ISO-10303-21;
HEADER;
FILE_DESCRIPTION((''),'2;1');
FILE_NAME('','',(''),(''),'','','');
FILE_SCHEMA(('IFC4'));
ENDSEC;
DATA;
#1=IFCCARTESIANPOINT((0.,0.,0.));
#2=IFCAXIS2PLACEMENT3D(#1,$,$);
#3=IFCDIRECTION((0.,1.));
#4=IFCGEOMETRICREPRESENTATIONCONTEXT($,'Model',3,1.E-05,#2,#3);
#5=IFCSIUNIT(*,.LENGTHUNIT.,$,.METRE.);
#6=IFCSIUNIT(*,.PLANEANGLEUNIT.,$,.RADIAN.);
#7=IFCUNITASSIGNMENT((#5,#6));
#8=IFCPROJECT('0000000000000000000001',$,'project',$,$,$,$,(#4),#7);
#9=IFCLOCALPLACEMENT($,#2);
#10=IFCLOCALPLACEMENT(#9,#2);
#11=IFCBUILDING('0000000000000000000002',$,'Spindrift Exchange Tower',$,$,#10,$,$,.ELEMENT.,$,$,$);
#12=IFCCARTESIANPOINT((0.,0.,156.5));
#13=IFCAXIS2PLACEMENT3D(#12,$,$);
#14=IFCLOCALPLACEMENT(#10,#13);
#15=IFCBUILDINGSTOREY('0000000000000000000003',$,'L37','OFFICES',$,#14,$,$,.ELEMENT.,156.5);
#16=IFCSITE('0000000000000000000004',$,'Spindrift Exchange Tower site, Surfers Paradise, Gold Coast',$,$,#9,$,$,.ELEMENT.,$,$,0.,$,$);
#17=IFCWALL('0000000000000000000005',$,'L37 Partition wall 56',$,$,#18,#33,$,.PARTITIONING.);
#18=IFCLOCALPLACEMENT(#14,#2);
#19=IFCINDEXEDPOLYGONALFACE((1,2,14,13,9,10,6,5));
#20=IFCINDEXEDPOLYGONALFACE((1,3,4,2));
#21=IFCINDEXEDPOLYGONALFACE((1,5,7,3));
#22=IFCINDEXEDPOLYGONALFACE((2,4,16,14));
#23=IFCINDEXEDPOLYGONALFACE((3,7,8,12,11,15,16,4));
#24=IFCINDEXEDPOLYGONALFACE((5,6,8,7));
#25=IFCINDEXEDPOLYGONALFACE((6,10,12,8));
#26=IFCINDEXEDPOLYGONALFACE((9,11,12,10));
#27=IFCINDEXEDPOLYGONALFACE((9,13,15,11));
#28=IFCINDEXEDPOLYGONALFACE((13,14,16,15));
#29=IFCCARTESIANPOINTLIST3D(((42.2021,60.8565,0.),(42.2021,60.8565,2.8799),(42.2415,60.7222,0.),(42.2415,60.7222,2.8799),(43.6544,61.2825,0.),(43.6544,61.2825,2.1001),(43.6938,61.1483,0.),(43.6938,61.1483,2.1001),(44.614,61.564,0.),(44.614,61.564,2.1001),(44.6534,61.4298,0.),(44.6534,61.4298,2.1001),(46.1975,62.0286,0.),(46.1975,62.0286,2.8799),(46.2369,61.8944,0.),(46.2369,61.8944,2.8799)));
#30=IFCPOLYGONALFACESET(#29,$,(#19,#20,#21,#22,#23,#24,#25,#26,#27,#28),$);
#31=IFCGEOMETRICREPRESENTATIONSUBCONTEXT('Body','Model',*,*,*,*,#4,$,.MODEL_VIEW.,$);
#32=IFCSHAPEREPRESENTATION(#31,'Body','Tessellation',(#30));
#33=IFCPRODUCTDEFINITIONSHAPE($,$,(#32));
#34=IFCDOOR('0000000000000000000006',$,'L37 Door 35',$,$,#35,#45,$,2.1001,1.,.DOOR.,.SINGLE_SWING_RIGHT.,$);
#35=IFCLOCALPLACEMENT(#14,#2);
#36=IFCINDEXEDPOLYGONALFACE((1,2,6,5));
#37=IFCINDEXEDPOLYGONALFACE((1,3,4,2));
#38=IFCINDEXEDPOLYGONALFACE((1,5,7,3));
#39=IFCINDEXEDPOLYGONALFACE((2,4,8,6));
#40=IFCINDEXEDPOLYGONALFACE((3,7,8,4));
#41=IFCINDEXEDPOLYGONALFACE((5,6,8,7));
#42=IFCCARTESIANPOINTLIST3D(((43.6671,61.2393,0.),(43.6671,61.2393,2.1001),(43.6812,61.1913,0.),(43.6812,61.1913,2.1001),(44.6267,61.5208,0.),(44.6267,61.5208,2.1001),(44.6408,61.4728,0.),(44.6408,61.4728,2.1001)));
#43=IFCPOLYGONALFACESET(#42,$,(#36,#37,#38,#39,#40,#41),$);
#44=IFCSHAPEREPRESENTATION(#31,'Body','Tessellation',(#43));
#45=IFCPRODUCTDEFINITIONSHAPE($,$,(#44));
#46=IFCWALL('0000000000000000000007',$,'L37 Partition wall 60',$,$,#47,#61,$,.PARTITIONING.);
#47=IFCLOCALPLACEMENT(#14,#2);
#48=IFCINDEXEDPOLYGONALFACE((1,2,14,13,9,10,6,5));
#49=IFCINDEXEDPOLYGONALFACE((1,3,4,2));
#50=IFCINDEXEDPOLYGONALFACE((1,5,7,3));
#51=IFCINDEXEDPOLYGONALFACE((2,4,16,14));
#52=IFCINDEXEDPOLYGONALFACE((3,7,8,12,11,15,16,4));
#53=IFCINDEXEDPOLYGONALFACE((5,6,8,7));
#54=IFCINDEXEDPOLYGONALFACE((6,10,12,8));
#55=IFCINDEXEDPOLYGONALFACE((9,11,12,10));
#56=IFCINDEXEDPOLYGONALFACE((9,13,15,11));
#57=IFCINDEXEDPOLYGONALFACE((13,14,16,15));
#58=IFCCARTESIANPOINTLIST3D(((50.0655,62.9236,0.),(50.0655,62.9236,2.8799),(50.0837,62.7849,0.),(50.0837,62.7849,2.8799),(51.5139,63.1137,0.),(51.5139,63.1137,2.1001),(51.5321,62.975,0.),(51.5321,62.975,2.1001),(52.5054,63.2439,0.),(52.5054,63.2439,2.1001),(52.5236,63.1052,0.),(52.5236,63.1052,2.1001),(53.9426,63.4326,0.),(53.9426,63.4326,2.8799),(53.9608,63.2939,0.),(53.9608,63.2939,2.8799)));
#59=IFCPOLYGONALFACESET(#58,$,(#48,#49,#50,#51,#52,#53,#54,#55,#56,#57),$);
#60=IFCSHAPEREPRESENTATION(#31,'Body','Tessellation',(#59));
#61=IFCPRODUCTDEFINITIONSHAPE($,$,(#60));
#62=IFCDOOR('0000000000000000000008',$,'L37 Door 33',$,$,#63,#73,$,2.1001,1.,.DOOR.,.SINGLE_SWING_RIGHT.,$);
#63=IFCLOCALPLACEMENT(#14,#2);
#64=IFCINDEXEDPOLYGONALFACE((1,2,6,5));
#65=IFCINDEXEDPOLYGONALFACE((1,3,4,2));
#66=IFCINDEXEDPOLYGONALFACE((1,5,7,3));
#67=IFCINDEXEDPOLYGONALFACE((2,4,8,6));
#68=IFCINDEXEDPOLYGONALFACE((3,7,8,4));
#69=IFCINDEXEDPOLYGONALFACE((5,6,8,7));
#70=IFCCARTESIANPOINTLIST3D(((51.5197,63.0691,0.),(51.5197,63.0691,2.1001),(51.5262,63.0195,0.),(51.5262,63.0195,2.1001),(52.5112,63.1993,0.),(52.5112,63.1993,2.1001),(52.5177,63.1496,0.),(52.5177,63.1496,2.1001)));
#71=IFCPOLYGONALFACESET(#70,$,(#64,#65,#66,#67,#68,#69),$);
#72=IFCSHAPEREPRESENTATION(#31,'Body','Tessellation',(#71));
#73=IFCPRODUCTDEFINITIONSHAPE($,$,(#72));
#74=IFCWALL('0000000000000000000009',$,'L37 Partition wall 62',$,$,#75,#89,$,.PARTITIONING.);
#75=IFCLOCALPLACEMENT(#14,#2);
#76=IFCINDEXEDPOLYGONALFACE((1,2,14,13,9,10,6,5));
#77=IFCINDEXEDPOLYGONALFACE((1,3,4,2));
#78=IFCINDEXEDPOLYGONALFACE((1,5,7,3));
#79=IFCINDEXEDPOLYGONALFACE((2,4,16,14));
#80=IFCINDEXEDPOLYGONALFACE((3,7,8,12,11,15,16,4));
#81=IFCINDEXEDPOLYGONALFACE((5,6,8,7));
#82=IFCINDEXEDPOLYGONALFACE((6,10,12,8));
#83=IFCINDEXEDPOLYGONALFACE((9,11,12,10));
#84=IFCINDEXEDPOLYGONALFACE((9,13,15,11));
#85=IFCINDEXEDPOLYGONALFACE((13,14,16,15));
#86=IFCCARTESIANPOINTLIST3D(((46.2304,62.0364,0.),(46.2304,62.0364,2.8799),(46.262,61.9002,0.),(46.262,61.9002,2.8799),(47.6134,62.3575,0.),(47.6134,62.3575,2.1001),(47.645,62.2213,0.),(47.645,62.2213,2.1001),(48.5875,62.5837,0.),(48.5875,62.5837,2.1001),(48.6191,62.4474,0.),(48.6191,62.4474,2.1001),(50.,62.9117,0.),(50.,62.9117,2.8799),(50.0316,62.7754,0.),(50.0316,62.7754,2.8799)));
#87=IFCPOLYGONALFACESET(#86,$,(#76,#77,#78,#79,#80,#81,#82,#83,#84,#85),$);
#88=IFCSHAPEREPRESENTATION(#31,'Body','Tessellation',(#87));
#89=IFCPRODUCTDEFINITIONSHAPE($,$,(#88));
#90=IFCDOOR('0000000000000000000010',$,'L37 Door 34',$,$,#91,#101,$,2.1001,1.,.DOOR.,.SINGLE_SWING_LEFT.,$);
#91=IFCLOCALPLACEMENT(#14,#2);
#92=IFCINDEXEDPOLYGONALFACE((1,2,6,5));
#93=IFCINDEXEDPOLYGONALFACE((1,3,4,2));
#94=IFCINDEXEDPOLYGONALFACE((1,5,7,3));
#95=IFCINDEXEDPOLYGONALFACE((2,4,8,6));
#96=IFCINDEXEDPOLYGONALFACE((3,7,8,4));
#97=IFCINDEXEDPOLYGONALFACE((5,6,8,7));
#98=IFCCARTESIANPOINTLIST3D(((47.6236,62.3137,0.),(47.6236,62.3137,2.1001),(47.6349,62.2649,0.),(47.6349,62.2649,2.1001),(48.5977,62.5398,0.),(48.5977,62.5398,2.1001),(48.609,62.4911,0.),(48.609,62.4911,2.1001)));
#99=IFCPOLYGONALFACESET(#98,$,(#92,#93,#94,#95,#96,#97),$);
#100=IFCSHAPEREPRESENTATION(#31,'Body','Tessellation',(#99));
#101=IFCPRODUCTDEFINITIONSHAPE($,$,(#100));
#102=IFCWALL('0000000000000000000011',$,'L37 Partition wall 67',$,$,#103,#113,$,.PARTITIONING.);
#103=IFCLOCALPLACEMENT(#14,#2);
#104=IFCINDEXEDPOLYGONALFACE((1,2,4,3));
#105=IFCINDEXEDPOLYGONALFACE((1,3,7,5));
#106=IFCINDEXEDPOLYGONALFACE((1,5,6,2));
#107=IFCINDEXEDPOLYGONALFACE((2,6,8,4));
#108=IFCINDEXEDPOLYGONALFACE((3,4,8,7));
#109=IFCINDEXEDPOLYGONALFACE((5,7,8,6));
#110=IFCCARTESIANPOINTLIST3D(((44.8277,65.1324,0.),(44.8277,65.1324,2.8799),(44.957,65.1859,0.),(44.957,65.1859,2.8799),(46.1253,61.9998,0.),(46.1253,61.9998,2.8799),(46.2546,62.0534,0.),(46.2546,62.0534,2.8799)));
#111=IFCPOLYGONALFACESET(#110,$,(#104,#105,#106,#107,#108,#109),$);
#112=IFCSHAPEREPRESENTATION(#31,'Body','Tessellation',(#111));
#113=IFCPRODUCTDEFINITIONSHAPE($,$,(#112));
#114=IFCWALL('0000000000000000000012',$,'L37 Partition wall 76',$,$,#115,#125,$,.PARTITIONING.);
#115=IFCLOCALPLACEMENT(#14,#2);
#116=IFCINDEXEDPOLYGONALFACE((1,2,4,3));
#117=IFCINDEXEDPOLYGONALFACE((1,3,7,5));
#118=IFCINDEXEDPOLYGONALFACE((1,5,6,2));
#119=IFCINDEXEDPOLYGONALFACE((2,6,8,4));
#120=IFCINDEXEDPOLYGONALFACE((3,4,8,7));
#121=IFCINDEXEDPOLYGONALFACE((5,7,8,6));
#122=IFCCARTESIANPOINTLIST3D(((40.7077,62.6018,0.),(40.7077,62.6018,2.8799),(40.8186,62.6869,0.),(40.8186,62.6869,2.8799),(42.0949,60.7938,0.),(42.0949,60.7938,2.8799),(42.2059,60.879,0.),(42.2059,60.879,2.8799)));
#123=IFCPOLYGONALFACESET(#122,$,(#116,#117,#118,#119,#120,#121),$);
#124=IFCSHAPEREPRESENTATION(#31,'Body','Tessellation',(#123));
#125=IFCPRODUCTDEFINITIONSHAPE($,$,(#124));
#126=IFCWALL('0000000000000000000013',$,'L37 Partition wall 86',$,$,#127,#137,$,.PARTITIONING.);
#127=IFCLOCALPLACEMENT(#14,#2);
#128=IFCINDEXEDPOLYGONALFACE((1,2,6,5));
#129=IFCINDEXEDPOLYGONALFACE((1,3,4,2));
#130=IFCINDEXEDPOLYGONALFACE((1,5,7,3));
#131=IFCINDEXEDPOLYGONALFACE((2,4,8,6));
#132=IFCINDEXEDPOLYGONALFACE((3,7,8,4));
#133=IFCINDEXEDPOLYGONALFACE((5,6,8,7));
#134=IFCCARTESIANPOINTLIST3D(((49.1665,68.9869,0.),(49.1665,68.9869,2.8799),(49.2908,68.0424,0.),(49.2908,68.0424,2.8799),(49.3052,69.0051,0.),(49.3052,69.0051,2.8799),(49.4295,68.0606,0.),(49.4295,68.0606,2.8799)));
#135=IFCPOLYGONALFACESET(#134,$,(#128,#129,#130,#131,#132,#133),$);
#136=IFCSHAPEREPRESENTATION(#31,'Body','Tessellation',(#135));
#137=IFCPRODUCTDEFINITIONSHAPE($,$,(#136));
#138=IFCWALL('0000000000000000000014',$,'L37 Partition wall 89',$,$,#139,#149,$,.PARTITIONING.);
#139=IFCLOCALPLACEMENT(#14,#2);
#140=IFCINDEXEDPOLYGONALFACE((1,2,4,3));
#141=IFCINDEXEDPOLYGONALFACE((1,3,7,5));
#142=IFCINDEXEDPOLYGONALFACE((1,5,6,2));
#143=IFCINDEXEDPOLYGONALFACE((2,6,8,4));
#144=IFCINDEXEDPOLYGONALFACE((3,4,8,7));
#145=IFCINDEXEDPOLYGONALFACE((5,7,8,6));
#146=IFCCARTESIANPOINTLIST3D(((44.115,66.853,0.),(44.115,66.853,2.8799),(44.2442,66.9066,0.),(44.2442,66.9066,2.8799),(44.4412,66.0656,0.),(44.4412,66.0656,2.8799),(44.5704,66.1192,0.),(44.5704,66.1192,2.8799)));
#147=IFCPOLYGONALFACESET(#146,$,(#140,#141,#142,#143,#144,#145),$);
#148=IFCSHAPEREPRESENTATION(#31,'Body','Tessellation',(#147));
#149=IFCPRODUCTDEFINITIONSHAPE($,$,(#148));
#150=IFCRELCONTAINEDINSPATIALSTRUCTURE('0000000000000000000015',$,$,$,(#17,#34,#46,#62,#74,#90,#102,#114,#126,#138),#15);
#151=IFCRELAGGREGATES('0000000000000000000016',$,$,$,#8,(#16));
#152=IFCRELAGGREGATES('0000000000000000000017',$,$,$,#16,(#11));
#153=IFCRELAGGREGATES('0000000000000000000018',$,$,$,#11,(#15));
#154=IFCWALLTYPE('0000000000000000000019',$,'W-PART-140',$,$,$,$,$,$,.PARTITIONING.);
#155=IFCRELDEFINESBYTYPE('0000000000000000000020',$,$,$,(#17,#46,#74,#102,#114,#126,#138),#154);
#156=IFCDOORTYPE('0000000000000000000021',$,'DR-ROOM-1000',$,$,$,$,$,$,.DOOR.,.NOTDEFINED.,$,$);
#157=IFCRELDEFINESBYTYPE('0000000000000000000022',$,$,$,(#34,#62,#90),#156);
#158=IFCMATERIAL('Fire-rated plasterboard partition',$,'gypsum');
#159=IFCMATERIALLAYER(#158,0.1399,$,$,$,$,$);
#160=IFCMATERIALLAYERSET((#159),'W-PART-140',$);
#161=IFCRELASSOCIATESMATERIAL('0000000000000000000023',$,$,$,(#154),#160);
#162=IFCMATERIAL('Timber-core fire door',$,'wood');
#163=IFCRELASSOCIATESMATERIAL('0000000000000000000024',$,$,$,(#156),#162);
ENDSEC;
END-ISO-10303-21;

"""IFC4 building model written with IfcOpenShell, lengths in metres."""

from ifc_helpers import new_model, si_unit, direction, frame, frame_2d, origin, place, context, subcontext, project, spatial, rectangle, extrude, source, transform, mapped, material, layer, layer_set, type_object, element, fill, save


model = new_model("IFC4")

# Units and contexts
model_context = context("Model", 3, precision=1e-05, world=origin(), true_north=direction((0.0, 1.0)))
body_context = subcontext(model_context, "Body", "Model", "MODEL_VIEW")
ifc_project = project(units=[si_unit("LENGTHUNIT", "METRE"), si_unit("PLANEANGLEUNIT", "RADIAN")], contexts=[model_context])

# Site, building, storey
site_placement = place(None, origin())
site = spatial("IfcSite", under=ifc_project, at=site_placement, Name="Spindrift Exchange Tower site, Surfers Paradise, Gold Coast", CompositionType="ELEMENT", RefElevation=0.0)
building_placement = place(site_placement, origin())
building = spatial("IfcBuilding", under=site, at=building_placement, Name="Spindrift Exchange Tower", CompositionType="ELEMENT")
storey_placement = place(building_placement, frame((0.0, 0.0, 156.5)))
storey = spatial("IfcBuildingStorey", under=building, at=storey_placement, Name="L37", Description="OFFICES", CompositionType="ELEMENT", Elevation=156.5)

# Shared definitions
ifc_material_1 = material(Name="Fire-rated plasterboard partition", Category="gypsum")
ifc_layer_1 = layer(ifc_material_1, 0.1399)
ifc_layer_set_1 = layer_set([ifc_layer_1], Name="W-PART-140")
wall_type = type_object("IfcWallType", Name="W-PART-140", PredefinedType="PARTITIONING", material=ifc_layer_set_1)

# Walls, openings, doors
wall_1_placement = place(storey_placement, frame((42.2217, 60.7893, 0.0), z_axis=(0.0, 0.0, 1.0), x_axis=(0.959559, 0.281506, 0.0)))
wall_1 = element("IfcWall", 1, at=wall_1_placement, inside=storey, type_object=wall_type, Name="L37 Partition wall 56", PredefinedType="PARTITIONING", context=body_context, shape_type="SweptSolid", body=[
    extrude(rectangle(XDim=4.1638, YDim=0.1399, at=frame_2d((2.082, 0.0))), origin(), (0.0, 0.0, 1.0), 2.8799),
])
opening_1_placement = place(wall_1_placement, frame((1.5137, 0.0, 0.0)))
opening_1 = element("IfcOpeningElement", 2, at=opening_1_placement, cuts=wall_1, PredefinedType="OPENING", context=body_context, shape_type="SweptSolid", body=[
    extrude(rectangle(XDim=1.0, YDim=2.1001, at=frame_2d((0.5, 1.05))), frame((0.0, 0.0798, 0.0), z_axis=(0.0, -1.0, 0.0), x_axis=(1.0, 0.0, 0.0)), (0.0, 0.0, 1.0), 0.1599),
])
ifc_material_2 = material(Name="Timber-core fire door", Category="wood")
door_type = type_object("IfcDoorType", Name="DR-ROOM-1000", OperationType="NOTDEFINED", PredefinedType="DOOR", material=ifc_material_2)
shared_shape_1 = source(origin(), body_context, "Body", "SweptSolid", [
    extrude(rectangle(XDim=1.0, YDim=2.1001, at=frame_2d((0.5, 1.05))), frame((0.0, 0.0249, 0.0), z_axis=(0.0, -1.0, 0.0), x_axis=(1.0, 0.0, 0.0)), (0.0, 0.0, 1.0), 0.05),
])
door_1_placement = place(opening_1_placement, origin())
door_1 = element("IfcDoor", 3, at=door_1_placement, inside=storey, type_object=door_type, Name="L37 Door 35", OperationType="SINGLE_SWING_RIGHT", OverallHeight=2.1001, OverallWidth=1.0, PredefinedType="DOOR", context=body_context, shape_type="MappedRepresentation", body=[
    mapped(shared_shape_1, transform((0.0, 0.0, 0.0), scale=1.0)),
])
fill(opening_1, door_1)
wall_2_placement = place(storey_placement, frame((50.0747, 62.8542, 0.0), z_axis=(0.0, 0.0, 1.0), x_axis=(0.991491, 0.130172, 0.0)))
wall_2 = element("IfcWall", 4, at=wall_2_placement, inside=storey, type_object=wall_type, Name="L37 Partition wall 60", PredefinedType="PARTITIONING", context=body_context, shape_type="SweptSolid", body=[
    extrude(rectangle(XDim=3.9104, YDim=0.1399, at=frame_2d((1.9551, 0.0))), origin(), (0.0, 0.0, 1.0), 2.8799),
])
opening_2_placement = place(wall_2_placement, frame((1.4607, 0.0, 0.0)))
opening_2 = element("IfcOpeningElement", 5, at=opening_2_placement, cuts=wall_2, PredefinedType="OPENING", context=body_context, shape_type="SweptSolid", body=[
    extrude(rectangle(XDim=1.0, YDim=2.1001, at=frame_2d((0.5, 1.05))), frame((0.0, 0.0798, 0.0), z_axis=(0.0, -1.0, 0.0), x_axis=(1.0, 0.0, 0.0)), (0.0, 0.0, 1.0), 0.1599),
])
door_2_placement = place(opening_2_placement, origin())
door_2 = element("IfcDoor", 6, at=door_2_placement, inside=storey, type_object=door_type, Name="L37 Door 33", OperationType="SINGLE_SWING_RIGHT", OverallHeight=2.1001, OverallWidth=1.0, PredefinedType="DOOR", context=body_context, shape_type="MappedRepresentation", body=[
    mapped(shared_shape_1, transform((0.0, 0.0, 0.0), scale=1.0)),
])
fill(opening_2, door_2)
wall_3_placement = place(storey_placement, frame((46.2461, 61.9683, 0.0), z_axis=(0.0, 0.0, 1.0), x_axis=(0.974087, 0.226172, 0.0)))
wall_3 = element("IfcWall", 7, at=wall_3_placement, inside=storey, type_object=wall_type, Name="L37 Partition wall 62", PredefinedType="PARTITIONING", context=body_context, shape_type="SweptSolid", body=[
    extrude(rectangle(XDim=3.8699, YDim=0.1399, at=frame_2d((1.9351, 0.0))), origin(), (0.0, 0.0, 1.0), 2.8799),
])
opening_3_placement = place(wall_3_placement, frame((1.4199, 0.0, 0.0)))
opening_3 = element("IfcOpeningElement", 8, at=opening_3_placement, cuts=wall_3, PredefinedType="OPENING", context=body_context, shape_type="SweptSolid", body=[
    extrude(rectangle(XDim=1.0, YDim=2.1001, at=frame_2d((0.5, 1.05))), frame((0.0, 0.0798, 0.0), z_axis=(0.0, -1.0, 0.0), x_axis=(1.0, 0.0, 0.0)), (0.0, 0.0, 1.0), 0.1599),
])
door_3_placement = place(opening_3_placement, origin())
door_3 = element("IfcDoor", 9, at=door_3_placement, inside=storey, type_object=door_type, Name="L37 Door 34", OperationType="SINGLE_SWING_LEFT", OverallHeight=2.1001, OverallWidth=1.0, PredefinedType="DOOR", context=body_context, shape_type="MappedRepresentation", body=[
    mapped(shared_shape_1, transform((0.0, 0.0, 0.0), scale=1.0)),
])
fill(opening_3, door_3)

# Walls
wall_4_placement = place(storey_placement, frame((46.1899, 62.0266, 0.0), z_axis=(0.0, 0.0, 1.0), x_axis=(-0.382697, 0.923874, 0.0)))
element("IfcWall", 10, at=wall_4_placement, inside=storey, type_object=wall_type, Name="L37 Partition wall 67", PredefinedType="PARTITIONING", context=body_context, shape_type="SweptSolid", body=[
    extrude(rectangle(XDim=3.3906, YDim=0.1399, at=frame_2d((1.6953, 0.0))), origin(), (0.0, 0.0, 1.0), 2.8799),
])
wall_5_placement = place(storey_placement, frame((42.1504, 60.8364, 0.0), z_axis=(0.0, 0.0, 1.0), x_axis=(-0.608758, 0.793356, 0.0)))
element("IfcWall", 11, at=wall_5_placement, inside=storey, type_object=wall_type, Name="L37 Partition wall 76", PredefinedType="PARTITIONING", context=body_context, shape_type="SweptSolid", body=[
    extrude(rectangle(XDim=2.2788, YDim=0.1399, at=frame_2d((1.1394, 0.0))), origin(), (0.0, 0.0, 1.0), 2.8799),
])
wall_6_placement = place(storey_placement, frame((49.3601, 68.0515, 0.0), z_axis=(0.0, 0.0, 1.0), x_axis=(-0.130435, 0.991457, 0.0)))
element("IfcWall", 12, at=wall_6_placement, inside=storey, type_object=wall_type, Name="L37 Partition wall 86", PredefinedType="PARTITIONING", context=body_context, shape_type="SweptSolid", body=[
    extrude(rectangle(XDim=0.9526, YDim=0.1399, at=frame_2d((0.4763, 0.0))), origin(), (0.0, 0.0, 1.0), 2.8799),
])
wall_7_placement = place(storey_placement, frame((44.5059, 66.0923, 0.0), z_axis=(0.0, 0.0, 1.0), x_axis=(-0.382723, 0.923863, 0.0)))
element("IfcWall", 13, at=wall_7_placement, inside=storey, type_object=wall_type, Name="L37 Partition wall 89", PredefinedType="PARTITIONING", context=body_context, shape_type="SweptSolid", body=[
    extrude(rectangle(XDim=0.8523, YDim=0.1399, at=frame_2d((0.4263, 0.0))), origin(), (0.0, 0.0, 1.0), 2.8799),
])

save(model, "model.ifc")
